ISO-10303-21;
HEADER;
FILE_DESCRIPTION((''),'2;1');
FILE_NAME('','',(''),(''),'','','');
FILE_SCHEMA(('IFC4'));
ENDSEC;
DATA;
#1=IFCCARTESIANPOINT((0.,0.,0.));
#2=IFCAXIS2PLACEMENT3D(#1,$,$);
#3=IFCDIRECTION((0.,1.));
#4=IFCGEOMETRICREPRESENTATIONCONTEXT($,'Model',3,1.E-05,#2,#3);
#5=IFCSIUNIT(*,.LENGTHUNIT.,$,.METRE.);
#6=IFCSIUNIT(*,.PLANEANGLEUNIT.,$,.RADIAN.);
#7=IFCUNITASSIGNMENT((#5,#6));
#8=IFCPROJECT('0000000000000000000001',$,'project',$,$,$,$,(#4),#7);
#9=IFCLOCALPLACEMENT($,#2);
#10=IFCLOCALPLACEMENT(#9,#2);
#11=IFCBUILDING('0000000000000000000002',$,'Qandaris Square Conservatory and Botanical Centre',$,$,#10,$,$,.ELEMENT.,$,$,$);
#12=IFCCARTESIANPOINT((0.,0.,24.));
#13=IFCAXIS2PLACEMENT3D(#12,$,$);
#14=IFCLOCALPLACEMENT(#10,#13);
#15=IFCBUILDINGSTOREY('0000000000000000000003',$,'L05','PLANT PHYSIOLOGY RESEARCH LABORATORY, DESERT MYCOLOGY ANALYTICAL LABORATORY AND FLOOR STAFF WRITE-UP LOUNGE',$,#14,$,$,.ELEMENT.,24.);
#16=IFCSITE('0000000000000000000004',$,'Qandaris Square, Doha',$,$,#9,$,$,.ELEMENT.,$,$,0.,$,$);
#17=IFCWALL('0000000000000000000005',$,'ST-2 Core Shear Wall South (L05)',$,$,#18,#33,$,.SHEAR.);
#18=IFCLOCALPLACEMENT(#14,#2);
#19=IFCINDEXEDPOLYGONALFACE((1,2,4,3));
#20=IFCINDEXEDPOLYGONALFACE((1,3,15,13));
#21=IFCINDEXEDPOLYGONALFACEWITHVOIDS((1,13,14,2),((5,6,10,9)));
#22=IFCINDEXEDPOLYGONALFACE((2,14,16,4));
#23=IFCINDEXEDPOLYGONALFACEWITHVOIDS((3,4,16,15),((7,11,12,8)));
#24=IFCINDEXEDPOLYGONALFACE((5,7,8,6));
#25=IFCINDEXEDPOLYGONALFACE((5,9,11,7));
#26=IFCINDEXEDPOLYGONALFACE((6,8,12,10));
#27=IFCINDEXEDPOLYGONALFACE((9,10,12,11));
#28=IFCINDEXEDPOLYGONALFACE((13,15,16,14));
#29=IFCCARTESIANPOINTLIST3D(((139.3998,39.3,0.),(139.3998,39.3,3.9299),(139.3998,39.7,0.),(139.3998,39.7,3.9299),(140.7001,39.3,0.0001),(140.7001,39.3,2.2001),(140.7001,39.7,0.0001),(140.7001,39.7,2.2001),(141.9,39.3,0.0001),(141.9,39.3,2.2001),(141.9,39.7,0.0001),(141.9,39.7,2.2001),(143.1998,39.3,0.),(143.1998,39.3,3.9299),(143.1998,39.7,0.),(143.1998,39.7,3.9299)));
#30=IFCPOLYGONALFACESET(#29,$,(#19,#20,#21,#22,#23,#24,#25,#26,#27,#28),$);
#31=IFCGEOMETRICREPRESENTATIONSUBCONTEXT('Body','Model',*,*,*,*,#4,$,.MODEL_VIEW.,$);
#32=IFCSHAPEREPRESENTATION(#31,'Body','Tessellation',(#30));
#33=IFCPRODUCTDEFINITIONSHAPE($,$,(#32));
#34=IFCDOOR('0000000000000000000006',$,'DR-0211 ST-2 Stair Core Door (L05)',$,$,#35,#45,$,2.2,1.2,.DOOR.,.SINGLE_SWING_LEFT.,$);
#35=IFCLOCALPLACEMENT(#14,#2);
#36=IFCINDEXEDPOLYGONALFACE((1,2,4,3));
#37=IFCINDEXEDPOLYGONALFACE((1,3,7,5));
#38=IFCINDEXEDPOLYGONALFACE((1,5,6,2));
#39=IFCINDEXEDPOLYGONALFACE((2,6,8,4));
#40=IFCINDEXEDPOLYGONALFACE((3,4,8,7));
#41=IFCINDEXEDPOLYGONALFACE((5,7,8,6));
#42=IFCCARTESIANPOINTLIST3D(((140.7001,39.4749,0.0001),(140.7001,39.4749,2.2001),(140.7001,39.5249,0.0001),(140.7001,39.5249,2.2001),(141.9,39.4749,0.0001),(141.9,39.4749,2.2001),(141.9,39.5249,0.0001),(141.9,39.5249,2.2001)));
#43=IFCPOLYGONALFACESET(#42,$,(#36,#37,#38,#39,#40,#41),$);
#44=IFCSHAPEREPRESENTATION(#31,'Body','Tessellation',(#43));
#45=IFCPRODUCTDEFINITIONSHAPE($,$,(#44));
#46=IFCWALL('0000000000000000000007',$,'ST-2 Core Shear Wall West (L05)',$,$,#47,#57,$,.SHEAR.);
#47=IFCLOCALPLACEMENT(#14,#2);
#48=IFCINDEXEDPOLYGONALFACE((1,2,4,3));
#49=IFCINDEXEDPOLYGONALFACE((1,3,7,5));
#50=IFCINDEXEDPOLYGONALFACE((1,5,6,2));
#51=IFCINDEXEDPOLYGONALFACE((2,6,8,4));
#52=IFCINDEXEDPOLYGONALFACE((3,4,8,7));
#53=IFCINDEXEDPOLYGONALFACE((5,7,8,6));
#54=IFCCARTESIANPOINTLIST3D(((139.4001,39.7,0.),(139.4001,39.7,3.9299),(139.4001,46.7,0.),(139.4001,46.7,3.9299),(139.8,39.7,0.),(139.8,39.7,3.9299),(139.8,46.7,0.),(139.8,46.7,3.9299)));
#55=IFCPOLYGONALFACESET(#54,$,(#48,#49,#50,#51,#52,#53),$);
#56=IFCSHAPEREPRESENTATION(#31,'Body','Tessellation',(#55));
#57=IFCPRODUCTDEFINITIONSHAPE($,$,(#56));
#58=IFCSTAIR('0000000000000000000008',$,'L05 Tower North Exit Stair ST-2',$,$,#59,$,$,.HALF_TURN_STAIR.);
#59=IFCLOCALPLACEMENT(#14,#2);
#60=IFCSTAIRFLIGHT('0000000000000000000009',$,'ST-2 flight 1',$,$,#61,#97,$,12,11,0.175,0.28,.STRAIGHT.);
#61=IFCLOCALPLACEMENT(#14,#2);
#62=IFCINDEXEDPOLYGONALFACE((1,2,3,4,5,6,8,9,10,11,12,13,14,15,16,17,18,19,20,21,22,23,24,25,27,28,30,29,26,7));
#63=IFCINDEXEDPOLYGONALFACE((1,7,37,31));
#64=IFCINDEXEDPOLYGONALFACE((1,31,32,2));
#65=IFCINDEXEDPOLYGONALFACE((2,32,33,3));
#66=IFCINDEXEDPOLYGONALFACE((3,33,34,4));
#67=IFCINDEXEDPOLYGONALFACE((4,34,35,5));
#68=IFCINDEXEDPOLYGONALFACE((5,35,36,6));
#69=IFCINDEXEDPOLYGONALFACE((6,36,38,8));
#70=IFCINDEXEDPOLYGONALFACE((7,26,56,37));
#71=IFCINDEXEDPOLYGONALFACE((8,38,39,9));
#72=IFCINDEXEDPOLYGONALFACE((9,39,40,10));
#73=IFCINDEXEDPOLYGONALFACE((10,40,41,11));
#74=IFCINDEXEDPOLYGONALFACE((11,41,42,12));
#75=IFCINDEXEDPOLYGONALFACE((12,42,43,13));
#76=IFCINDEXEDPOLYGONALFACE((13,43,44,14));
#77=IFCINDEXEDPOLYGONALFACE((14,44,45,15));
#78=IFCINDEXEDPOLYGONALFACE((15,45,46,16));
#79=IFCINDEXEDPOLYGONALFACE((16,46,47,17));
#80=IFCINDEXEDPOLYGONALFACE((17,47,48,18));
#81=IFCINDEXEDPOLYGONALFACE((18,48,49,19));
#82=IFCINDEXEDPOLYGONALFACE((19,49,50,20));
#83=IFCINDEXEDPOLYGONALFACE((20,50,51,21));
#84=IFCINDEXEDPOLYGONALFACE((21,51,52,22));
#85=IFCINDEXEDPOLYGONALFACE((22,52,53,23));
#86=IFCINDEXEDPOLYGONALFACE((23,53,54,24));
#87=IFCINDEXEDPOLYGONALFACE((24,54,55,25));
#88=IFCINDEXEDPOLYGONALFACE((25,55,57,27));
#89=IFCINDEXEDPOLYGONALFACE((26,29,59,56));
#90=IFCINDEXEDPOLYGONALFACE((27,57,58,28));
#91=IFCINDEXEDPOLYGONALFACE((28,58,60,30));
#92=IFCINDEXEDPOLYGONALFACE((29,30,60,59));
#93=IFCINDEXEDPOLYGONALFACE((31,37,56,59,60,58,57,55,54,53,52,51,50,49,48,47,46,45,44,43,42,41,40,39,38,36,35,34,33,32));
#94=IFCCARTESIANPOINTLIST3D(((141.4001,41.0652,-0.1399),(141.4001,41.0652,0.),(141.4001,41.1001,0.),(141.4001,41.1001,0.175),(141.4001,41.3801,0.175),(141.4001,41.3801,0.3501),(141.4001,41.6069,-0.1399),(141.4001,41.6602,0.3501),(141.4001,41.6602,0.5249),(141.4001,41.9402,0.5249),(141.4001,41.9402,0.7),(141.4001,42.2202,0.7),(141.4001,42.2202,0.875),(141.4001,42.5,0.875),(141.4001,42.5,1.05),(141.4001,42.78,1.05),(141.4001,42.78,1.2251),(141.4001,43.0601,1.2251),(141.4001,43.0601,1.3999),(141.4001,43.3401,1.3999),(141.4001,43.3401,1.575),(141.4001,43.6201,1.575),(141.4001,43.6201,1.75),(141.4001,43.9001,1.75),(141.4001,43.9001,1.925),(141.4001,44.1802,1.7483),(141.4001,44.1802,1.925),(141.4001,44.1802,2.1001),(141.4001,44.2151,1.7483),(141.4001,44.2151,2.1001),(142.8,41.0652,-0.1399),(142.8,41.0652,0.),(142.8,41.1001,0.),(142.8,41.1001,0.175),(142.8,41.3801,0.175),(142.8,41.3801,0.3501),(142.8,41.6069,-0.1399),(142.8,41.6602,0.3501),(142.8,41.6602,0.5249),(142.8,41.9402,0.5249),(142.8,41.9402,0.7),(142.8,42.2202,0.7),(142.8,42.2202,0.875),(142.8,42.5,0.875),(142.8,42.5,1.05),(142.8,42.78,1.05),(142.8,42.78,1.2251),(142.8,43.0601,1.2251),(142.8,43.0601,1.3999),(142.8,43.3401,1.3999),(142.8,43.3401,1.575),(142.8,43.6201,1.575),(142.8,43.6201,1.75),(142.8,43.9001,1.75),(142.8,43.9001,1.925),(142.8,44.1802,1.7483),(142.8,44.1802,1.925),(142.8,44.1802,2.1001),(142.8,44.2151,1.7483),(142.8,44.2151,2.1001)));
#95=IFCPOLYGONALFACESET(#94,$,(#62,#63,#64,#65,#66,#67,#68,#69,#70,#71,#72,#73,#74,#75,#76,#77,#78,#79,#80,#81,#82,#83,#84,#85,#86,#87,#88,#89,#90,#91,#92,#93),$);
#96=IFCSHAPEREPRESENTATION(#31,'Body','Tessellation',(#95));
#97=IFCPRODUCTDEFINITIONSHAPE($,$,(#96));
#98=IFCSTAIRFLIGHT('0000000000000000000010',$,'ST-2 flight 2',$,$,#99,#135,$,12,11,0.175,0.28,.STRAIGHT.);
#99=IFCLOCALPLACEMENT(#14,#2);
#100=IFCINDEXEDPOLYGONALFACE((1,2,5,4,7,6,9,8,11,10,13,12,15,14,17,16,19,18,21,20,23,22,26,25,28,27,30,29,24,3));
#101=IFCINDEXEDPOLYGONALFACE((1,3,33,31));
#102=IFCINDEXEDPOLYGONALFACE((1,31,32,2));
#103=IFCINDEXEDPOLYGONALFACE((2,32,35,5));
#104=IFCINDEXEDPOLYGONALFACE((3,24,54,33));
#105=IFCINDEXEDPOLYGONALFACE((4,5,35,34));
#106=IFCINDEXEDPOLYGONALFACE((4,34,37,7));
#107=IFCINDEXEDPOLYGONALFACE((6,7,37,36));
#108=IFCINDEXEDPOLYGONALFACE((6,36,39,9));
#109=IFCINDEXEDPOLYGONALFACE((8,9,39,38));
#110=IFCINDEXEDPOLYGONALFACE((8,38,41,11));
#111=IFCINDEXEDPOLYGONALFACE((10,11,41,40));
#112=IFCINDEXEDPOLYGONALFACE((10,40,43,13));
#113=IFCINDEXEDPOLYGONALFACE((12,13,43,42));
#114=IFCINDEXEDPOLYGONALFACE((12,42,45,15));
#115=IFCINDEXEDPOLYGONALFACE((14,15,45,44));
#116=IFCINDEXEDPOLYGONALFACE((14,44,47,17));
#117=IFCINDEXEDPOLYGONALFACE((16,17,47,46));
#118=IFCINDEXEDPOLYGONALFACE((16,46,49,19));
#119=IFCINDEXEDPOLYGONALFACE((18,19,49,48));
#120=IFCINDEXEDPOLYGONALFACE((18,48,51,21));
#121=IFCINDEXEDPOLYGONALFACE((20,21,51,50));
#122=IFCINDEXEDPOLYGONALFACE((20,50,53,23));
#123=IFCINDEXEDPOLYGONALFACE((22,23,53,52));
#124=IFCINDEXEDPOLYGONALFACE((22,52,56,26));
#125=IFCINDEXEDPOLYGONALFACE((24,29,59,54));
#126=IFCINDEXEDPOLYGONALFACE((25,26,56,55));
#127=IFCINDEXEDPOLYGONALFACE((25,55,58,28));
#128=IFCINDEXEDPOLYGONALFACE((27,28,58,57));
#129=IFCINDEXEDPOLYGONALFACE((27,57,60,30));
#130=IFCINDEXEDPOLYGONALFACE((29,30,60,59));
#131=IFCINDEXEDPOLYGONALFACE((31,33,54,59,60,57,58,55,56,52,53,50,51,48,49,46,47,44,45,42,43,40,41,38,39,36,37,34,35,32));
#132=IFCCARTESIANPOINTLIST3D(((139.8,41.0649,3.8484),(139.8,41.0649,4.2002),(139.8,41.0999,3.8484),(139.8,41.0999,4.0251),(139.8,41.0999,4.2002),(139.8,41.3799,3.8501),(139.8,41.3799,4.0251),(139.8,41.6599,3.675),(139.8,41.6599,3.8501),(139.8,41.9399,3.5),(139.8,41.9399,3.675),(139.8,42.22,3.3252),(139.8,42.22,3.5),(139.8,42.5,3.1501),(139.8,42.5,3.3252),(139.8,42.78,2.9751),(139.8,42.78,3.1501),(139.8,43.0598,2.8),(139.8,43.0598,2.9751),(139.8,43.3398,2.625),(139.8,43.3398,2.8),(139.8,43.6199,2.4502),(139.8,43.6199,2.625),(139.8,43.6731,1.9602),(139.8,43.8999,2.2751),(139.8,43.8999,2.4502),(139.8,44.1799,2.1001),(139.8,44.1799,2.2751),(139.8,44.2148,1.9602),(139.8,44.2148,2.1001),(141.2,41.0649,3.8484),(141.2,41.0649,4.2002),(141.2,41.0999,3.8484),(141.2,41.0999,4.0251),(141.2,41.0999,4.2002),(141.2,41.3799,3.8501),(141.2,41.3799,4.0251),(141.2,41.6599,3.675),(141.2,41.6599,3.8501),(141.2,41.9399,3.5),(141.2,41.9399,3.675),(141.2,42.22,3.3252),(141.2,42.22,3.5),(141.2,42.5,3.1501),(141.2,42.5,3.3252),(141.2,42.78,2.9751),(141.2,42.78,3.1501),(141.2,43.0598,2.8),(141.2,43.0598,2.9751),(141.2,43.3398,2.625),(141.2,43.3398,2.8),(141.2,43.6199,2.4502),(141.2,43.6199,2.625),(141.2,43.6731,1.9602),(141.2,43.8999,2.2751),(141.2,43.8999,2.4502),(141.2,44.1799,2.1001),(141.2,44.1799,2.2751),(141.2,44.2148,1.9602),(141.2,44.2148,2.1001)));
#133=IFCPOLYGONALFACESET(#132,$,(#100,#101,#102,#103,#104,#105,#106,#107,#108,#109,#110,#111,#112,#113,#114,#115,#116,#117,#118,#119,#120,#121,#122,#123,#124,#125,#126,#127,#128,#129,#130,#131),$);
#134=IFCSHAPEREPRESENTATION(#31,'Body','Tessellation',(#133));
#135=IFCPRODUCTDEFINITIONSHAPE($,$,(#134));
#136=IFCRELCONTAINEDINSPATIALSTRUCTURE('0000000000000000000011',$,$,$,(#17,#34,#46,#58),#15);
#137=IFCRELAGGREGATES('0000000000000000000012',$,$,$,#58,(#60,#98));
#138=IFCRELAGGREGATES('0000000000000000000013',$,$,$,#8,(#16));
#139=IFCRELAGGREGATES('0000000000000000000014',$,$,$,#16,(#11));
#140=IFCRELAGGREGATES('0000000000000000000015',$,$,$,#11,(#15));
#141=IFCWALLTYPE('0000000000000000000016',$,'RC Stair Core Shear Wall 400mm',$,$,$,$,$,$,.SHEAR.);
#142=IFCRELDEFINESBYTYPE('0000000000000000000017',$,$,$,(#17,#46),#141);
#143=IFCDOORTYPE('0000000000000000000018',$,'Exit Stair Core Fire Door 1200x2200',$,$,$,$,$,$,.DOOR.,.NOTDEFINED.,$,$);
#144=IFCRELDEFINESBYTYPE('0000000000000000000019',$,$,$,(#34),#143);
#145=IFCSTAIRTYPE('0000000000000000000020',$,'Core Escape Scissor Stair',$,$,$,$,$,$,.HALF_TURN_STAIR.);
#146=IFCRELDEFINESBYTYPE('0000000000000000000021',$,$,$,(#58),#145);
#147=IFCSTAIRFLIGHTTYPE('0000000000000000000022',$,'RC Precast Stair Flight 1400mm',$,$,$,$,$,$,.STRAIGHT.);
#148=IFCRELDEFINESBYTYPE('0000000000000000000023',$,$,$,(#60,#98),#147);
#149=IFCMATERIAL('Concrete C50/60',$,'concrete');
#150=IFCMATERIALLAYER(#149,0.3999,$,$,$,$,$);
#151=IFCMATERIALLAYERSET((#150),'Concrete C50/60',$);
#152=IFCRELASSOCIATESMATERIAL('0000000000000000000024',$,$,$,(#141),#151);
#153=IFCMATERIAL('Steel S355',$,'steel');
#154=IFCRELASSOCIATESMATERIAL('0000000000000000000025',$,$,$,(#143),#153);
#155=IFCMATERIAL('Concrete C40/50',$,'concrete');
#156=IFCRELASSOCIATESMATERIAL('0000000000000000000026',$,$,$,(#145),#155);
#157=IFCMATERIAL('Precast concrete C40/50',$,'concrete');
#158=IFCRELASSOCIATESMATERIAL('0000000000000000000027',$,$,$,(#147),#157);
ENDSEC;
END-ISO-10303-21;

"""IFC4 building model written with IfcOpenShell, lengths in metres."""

from ifc_helpers import new_model, si_unit, direction, frame, frame_2d, origin, place, context, subcontext, project, spatial, polyline, rectangle, outline, extrude, material, layer, layer_set, type_object, element, fill, aggregate, save


model = new_model("IFC4")

# Units and contexts
model_context = context("Model", 3, precision=1e-05, world=origin(), true_north=direction((0.0, 1.0)))
body_context = subcontext(model_context, "Body", "Model", "MODEL_VIEW")
ifc_project = project(units=[si_unit("LENGTHUNIT", "METRE"), si_unit("PLANEANGLEUNIT", "RADIAN")], contexts=[model_context])

# Site, building, storey
site_placement = place(None, origin())
site = spatial("IfcSite", under=ifc_project, at=site_placement, Name="Qandaris Square, Doha", CompositionType="ELEMENT", RefElevation=0.0)
building_placement = place(site_placement, origin())
building = spatial("IfcBuilding", under=site, at=building_placement, Name="Qandaris Square Conservatory and Botanical Centre", CompositionType="ELEMENT")
storey_placement = place(building_placement, frame((0.0, 0.0, 24.0)))
storey = spatial("IfcBuildingStorey", under=building, at=storey_placement, Name="L05", Description="PLANT PHYSIOLOGY RESEARCH LABORATORY, DESERT MYCOLOGY ANALYTICAL LABORATORY AND FLOOR STAFF WRITE-UP LOUNGE", CompositionType="ELEMENT", Elevation=24.0)

# Shared definitions
ifc_material_1 = material(Name="Concrete C50/60", Category="concrete")

# Wall, opening, door
ifc_layer_1 = layer(ifc_material_1, 0.3999)
ifc_layer_set_1 = layer_set([ifc_layer_1], Name="Concrete C50/60")
wall_type = type_object("IfcWallType", Name="RC Stair Core Shear Wall 400mm", PredefinedType="SHEAR", material=ifc_layer_set_1)
wall_1_placement = place(storey_placement, frame((139.3999, 39.5, 0.0), z_axis=(0.0, 0.0, 1.0), x_axis=(1.0, 0.0, 0.0)))
wall_1 = element("IfcWall", 1, at=wall_1_placement, inside=storey, type_object=wall_type, Name="ST-2 Core Shear Wall South (L05)", PredefinedType="SHEAR", context=body_context, shape_type="SweptSolid", body=[
    extrude(rectangle(XDim=3.8, YDim=0.3999, at=frame_2d((1.8999, 0.0))), origin(), (0.0, 0.0, 1.0), 3.9299),
])
opening_placement = place(wall_1_placement, frame((1.3, 0.0, 0.0)))
opening = element("IfcOpeningElement", 2, at=opening_placement, cuts=wall_1, PredefinedType="OPENING", context=body_context, shape_type="SweptSolid", body=[
    extrude(rectangle(XDim=1.2, YDim=2.2, at=frame_2d((0.6001, 1.1001))), frame((0.0, 0.2119, 0.0), z_axis=(0.0, -1.0, 0.0), x_axis=(1.0, 0.0, 0.0)), (0.0, 0.0, 1.0), 0.4238),
])
ifc_material_2 = material(Name="Steel S355", Category="steel")
door_type = type_object("IfcDoorType", Name="Exit Stair Core Fire Door 1200x2200", OperationType="NOTDEFINED", PredefinedType="DOOR", material=ifc_material_2)
door_placement = place(opening_placement, origin())
door = element("IfcDoor", 3, at=door_placement, inside=storey, type_object=door_type, Name="DR-0211 ST-2 Stair Core Door (L05)", OperationType="SINGLE_SWING_LEFT", OverallHeight=2.2, OverallWidth=1.2, PredefinedType="DOOR", context=body_context, shape_type="SweptSolid", body=[
    extrude(rectangle(XDim=1.2, YDim=2.2, at=frame_2d((0.6001, 1.1001))), frame((0.0, 0.0249, 0.0), z_axis=(0.0, -1.0, 0.0), x_axis=(1.0, 0.0, 0.0)), (0.0, 0.0, 1.0), 0.05),
])
fill(opening, door)

# Wall
wall_2_placement = place(storey_placement, frame((139.6001, 39.7, 0.0), z_axis=(0.0, 0.0, 1.0), x_axis=(0.0, 1.0, 0.0)))
element("IfcWall", 4, at=wall_2_placement, inside=storey, type_object=wall_type, Name="ST-2 Core Shear Wall West (L05)", PredefinedType="SHEAR", context=body_context, shape_type="SweptSolid", body=[
    extrude(rectangle(XDim=7.0, YDim=0.3999, at=frame_2d((3.5, 0.0))), origin(), (0.0, 0.0, 1.0), 3.9299),
])

# Stair, stair flights
ifc_material_3 = material(Name="Concrete C40/50", Category="concrete")
stair_type = type_object("IfcStairType", Name="Core Escape Scissor Stair", PredefinedType="HALF_TURN_STAIR", material=ifc_material_3)
stair_placement = place(storey_placement, origin())
stair = element("IfcStair", 5, at=stair_placement, inside=storey, type_object=stair_type, Name="L05 Tower North Exit Stair ST-2", PredefinedType="HALF_TURN_STAIR")
ifc_material_4 = material(Name="Precast concrete C40/50", Category="concrete")
stair_flight_type = type_object("IfcStairFlightType", Name="RC Precast Stair Flight 1400mm", PredefinedType="STRAIGHT", material=ifc_material_4)
stair_flight_1_placement = place(storey_placement, frame((142.1001, 41.1001, 0.0), z_axis=(0.0, 0.0, 1.0), x_axis=(0.0, 1.0, 0.0)))
stair_flight_1 = element("IfcStairFlight", 6, at=stair_flight_1_placement, type_object=stair_flight_type, Name="ST-2 flight 1", NumberOfRisers=12, NumberOfTreads=11, PredefinedType="STRAIGHT", RiserHeight=0.175, TreadLength=0.28, context=body_context, shape_type="SweptSolid", body=[
    extrude(outline(polyline([(-0.0349, 0.0), (0.0, 0.0), (0.0, 0.175), (0.28, 0.175), (0.28, 0.3501), (0.5601, 0.3501), (0.5601, 0.5249), (0.8401, 0.5249), (0.8401, 0.7), (1.1201, 0.7), (1.1201, 0.875), (1.3999, 0.875), (1.3999, 1.05), (1.6799, 1.05), (1.6799, 1.2251), (1.96, 1.2251), (1.96, 1.3999), (2.24, 1.3999), (2.24, 1.575), (2.52, 1.575), (2.52, 1.75), (2.8, 1.75), (2.8, 1.925), (3.0801, 1.925), (3.0801, 2.1001), (3.115, 2.1001), (3.115, 1.7483), (3.0801, 1.7483), (0.5068, -0.1399), (-0.0349, -0.1399), (-0.0349, 0.0)])), frame((0.0, 0.7, 0.0), z_axis=(0.0, -1.0, 0.0), x_axis=(1.0, 0.0, 0.0)), (0.0, 0.0, 1.0), 1.3999),
])
stair_flight_2_placement = place(storey_placement, frame((140.5, 44.1799, 2.1001), z_axis=(0.0, 0.0, 1.0), x_axis=(0.0, -1.0, 0.0)))
stair_flight_2 = element("IfcStairFlight", 7, at=stair_flight_2_placement, type_object=stair_flight_type, Name="ST-2 flight 2", NumberOfRisers=12, NumberOfTreads=11, PredefinedType="STRAIGHT", RiserHeight=0.175, TreadLength=0.28, context=body_context, shape_type="SweptSolid", body=[
    extrude(outline(polyline([(-0.0349, 0.0), (0.0, 0.0), (0.0, 0.175), (0.28, 0.175), (0.28, 0.3501), (0.5601, 0.3501), (0.5601, 0.5249), (0.8401, 0.5249), (0.8401, 0.7), (1.1201, 0.7), (1.1201, 0.875), (1.3999, 0.875), (1.3999, 1.05), (1.6799, 1.05), (1.6799, 1.2251), (1.96, 1.2251), (1.96, 1.3999), (2.24, 1.3999), (2.24, 1.575), (2.52, 1.575), (2.52, 1.75), (2.8, 1.75), (2.8, 1.925), (3.0801, 1.925), (3.0801, 2.1001), (3.115, 2.1001), (3.115, 1.7483), (3.0801, 1.7483), (0.5068, -0.1399), (-0.0349, -0.1399), (-0.0349, 0.0)])), frame((0.0, 0.7, 0.0), z_axis=(0.0, -1.0, 0.0), x_axis=(1.0, 0.0, 0.0)), (0.0, 0.0, 1.0), 1.3999),
])
aggregate(stair, [stair_flight_1, stair_flight_2])

save(model, "model.ifc")
